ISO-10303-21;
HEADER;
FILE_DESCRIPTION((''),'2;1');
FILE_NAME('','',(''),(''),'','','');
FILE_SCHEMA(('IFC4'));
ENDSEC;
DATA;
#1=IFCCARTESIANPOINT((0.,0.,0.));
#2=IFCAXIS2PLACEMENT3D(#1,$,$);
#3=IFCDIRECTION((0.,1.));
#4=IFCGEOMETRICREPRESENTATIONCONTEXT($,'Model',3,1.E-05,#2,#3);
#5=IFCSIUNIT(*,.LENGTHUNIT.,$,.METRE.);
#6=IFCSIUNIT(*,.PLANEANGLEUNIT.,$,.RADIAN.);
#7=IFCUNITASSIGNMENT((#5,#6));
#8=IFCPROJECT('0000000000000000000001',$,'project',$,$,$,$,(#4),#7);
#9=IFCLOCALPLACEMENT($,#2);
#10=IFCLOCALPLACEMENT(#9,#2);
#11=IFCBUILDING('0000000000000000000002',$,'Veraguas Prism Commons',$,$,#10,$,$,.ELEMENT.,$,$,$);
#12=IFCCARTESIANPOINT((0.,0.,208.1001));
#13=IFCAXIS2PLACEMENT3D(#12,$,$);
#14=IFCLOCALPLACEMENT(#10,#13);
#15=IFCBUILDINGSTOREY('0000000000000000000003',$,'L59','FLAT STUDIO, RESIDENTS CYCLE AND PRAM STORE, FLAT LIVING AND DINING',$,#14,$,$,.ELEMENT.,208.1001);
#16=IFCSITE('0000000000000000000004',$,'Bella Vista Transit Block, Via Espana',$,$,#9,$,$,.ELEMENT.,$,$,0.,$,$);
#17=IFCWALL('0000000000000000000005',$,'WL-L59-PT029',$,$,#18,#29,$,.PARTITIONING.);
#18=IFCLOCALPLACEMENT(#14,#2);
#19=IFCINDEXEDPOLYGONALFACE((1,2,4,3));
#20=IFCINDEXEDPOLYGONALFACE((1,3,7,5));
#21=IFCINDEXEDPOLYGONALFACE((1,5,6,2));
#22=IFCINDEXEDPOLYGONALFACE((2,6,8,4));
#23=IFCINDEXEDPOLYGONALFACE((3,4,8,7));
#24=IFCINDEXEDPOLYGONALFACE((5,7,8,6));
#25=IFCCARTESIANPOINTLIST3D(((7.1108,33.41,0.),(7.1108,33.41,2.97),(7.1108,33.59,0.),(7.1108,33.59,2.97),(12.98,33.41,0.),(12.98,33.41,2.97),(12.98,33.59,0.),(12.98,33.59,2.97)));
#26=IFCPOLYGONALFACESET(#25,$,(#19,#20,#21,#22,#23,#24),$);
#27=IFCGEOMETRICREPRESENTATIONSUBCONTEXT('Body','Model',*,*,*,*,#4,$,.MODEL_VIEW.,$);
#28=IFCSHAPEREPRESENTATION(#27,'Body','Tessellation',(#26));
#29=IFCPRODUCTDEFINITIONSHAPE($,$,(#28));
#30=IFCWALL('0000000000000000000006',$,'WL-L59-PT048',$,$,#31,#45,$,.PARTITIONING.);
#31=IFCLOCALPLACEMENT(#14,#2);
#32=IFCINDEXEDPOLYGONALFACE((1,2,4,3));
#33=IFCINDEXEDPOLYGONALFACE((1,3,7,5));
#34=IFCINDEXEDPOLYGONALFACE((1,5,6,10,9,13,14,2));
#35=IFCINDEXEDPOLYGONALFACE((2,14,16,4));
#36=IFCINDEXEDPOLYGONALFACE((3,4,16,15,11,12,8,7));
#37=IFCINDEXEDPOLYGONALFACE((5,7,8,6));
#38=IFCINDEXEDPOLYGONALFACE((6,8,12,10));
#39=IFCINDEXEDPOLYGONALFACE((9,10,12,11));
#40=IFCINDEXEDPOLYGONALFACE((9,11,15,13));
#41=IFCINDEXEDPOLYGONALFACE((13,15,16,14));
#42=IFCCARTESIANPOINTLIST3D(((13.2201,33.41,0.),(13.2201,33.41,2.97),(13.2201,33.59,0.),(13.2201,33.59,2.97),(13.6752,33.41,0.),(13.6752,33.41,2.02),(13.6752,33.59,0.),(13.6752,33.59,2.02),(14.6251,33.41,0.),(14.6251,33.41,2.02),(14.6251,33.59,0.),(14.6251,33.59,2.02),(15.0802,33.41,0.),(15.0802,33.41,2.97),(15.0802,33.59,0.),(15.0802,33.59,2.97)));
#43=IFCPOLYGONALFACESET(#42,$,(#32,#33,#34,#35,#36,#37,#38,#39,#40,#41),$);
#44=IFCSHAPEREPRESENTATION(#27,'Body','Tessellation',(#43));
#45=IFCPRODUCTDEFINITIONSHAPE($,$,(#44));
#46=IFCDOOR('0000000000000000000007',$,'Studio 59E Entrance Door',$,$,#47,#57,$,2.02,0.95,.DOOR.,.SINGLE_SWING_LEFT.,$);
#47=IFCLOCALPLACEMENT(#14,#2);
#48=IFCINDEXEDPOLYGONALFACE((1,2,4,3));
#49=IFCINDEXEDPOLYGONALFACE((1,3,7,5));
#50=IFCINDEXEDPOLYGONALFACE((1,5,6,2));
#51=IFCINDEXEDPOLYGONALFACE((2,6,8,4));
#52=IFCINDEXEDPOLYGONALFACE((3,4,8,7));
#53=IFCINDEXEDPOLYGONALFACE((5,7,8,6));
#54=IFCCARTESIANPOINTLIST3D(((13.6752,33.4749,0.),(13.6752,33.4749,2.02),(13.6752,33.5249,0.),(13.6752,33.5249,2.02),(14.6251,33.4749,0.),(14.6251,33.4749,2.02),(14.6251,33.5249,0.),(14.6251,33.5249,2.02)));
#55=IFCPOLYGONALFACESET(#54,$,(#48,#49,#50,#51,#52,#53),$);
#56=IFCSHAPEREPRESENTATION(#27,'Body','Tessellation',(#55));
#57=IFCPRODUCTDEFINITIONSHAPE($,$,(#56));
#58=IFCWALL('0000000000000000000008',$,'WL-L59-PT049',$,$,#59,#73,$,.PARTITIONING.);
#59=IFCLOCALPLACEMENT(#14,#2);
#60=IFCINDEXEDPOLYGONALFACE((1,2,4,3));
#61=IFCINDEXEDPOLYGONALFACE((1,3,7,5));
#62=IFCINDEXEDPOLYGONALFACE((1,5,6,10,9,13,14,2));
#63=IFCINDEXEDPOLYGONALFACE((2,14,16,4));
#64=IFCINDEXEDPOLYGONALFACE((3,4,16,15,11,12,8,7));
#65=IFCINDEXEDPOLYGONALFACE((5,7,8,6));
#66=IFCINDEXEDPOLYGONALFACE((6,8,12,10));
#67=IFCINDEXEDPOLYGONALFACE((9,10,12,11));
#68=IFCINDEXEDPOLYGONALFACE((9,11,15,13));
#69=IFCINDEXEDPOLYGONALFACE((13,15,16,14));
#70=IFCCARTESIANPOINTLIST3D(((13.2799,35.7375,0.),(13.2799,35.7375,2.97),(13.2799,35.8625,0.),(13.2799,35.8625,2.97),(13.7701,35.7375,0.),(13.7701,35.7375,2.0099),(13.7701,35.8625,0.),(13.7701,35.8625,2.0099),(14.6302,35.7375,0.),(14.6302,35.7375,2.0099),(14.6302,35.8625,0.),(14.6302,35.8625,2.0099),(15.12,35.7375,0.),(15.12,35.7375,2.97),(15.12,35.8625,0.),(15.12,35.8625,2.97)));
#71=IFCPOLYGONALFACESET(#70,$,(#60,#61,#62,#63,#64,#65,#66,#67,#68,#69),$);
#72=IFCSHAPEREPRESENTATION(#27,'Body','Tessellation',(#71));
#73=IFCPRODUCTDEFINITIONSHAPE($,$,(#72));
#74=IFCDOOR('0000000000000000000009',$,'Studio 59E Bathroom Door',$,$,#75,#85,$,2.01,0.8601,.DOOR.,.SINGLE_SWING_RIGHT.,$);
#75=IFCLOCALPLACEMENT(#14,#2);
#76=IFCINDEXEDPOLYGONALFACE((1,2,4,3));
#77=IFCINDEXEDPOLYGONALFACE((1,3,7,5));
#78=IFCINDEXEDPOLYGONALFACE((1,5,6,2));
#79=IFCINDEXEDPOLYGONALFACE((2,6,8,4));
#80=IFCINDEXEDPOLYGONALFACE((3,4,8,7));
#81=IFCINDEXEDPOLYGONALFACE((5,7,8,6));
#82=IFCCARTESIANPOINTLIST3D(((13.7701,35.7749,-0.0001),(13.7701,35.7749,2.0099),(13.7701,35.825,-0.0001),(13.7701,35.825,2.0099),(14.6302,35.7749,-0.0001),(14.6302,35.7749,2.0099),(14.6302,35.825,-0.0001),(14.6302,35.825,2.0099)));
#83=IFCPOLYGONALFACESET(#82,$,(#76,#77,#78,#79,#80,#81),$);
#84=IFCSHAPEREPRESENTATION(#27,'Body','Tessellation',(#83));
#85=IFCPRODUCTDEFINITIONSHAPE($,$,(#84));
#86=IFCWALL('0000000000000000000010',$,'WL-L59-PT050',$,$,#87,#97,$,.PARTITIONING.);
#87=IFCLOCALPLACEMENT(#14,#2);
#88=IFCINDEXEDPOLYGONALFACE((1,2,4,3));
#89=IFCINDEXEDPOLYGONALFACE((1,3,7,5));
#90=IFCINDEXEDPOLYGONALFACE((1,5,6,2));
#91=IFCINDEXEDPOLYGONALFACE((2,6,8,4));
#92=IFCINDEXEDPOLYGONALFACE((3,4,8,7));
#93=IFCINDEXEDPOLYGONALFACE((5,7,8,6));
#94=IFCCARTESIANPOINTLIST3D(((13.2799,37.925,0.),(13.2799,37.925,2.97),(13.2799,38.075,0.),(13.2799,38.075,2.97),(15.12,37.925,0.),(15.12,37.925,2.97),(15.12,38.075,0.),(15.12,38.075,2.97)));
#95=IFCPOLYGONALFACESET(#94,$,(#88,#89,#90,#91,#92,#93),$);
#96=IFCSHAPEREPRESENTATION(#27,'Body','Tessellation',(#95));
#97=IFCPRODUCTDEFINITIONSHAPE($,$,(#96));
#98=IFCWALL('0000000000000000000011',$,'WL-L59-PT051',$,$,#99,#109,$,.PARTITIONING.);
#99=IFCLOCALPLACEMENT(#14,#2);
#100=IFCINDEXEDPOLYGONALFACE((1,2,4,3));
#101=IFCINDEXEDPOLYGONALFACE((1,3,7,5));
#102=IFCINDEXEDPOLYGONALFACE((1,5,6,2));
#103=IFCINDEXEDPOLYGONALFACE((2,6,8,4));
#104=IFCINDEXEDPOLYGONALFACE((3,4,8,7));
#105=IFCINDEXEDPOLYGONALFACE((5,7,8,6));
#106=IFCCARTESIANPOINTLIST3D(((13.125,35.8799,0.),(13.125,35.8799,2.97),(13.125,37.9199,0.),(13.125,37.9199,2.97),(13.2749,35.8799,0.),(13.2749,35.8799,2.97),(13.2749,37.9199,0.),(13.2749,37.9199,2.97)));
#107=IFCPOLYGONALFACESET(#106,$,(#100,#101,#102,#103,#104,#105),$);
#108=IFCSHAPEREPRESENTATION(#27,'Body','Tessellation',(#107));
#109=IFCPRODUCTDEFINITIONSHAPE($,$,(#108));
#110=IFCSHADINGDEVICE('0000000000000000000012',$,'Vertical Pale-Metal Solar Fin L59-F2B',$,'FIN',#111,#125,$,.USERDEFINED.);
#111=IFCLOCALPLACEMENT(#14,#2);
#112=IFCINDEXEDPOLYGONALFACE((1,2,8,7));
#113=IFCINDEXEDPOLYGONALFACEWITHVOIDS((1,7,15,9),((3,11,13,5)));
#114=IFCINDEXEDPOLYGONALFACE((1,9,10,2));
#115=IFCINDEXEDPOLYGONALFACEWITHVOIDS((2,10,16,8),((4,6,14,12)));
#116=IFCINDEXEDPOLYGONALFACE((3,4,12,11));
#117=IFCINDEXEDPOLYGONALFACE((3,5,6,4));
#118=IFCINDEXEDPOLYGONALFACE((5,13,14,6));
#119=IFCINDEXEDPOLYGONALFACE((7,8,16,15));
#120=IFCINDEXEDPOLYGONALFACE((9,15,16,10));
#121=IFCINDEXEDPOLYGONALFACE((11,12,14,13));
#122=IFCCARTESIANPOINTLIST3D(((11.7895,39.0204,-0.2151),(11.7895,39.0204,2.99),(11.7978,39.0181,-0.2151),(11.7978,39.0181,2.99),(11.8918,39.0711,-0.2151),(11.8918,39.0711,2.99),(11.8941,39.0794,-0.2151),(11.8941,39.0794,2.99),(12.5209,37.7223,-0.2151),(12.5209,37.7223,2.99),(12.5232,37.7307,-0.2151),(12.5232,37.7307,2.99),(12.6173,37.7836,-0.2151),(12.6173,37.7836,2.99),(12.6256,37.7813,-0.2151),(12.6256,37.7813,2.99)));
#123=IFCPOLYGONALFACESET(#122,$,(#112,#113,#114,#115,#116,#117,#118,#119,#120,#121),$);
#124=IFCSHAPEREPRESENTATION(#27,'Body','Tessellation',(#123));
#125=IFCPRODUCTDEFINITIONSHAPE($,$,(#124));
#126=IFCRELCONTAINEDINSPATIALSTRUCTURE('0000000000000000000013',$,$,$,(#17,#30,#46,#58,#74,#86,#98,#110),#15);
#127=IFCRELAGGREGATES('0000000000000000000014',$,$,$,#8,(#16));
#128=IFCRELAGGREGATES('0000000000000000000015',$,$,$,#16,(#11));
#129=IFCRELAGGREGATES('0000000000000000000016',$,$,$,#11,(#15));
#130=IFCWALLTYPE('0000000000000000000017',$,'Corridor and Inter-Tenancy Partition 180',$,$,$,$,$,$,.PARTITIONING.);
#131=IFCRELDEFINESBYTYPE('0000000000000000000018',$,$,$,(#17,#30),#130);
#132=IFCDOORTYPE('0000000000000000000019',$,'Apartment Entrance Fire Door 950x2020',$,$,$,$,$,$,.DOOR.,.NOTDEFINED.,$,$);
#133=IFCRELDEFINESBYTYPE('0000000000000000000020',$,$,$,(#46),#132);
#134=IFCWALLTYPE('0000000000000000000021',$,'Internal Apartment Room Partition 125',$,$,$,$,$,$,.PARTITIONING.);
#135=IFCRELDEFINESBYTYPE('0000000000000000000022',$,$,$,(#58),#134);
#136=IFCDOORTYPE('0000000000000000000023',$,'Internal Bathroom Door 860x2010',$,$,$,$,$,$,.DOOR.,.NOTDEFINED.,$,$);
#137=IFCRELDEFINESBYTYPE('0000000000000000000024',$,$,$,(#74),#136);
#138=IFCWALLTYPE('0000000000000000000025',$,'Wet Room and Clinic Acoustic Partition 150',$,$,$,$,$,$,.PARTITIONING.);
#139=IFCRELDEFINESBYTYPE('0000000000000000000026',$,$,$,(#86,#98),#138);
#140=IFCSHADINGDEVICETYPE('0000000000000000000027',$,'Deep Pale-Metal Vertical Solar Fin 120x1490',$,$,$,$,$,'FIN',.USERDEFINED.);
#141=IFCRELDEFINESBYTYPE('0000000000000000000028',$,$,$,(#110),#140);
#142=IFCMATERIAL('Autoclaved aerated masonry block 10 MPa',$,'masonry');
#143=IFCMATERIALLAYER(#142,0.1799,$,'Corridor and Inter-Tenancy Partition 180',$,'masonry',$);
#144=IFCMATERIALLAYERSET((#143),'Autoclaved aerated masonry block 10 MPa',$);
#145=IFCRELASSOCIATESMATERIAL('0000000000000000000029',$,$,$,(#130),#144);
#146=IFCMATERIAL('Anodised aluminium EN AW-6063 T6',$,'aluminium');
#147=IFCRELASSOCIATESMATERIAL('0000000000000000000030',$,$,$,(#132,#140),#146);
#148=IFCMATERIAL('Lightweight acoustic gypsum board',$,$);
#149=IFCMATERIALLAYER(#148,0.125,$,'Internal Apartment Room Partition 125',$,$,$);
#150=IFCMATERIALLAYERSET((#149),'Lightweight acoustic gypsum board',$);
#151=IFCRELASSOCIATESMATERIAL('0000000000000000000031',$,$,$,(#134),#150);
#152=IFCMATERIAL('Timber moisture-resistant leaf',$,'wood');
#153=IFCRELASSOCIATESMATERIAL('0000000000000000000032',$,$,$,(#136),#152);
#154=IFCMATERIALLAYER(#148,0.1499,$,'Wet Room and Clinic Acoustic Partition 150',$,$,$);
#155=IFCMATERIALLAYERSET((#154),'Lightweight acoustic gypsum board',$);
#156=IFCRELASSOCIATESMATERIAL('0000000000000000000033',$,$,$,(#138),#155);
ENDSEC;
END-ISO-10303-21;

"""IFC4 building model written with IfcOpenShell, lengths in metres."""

from ifc_helpers import new_model, si_unit, direction, frame, frame_2d, origin, origin_2d, place, context, subcontext, project, spatial, rectangle, hollow_rectangle, extrude, source, transform, mapped, material, layer, layer_set, material_profile, profile_set, type_object, element, fill, save


model = new_model("IFC4")

# Units and contexts
model_context = context("Model", 3, precision=1e-05, world=origin(), true_north=direction((0.0, 1.0)))
body_context = subcontext(model_context, "Body", "Model", "MODEL_VIEW")
ifc_project = project(units=[si_unit("LENGTHUNIT", "METRE"), si_unit("PLANEANGLEUNIT", "RADIAN")], contexts=[model_context])

# Site, building, storey
site_placement = place(None, origin())
site = spatial("IfcSite", under=ifc_project, at=site_placement, Name="Bella Vista Transit Block, Via Espana", CompositionType="ELEMENT", RefElevation=0.0)
building_placement = place(site_placement, origin())
building = spatial("IfcBuilding", under=site, at=building_placement, Name="Veraguas Prism Commons", CompositionType="ELEMENT")
storey_placement = place(building_placement, frame((0.0, 0.0, 208.1001)))
storey = spatial("IfcBuildingStorey", under=building, at=storey_placement, Name="L59", Description="FLAT STUDIO, RESIDENTS CYCLE AND PRAM STORE, FLAT LIVING AND DINING", CompositionType="ELEMENT", Elevation=208.1001)

# Shared definitions
ifc_material_1 = material(Name="Anodised aluminium EN AW-6063 T6", Category="aluminium")

# Wall
ifc_material_2 = material(Name="Autoclaved aerated masonry block 10 MPa", Category="masonry")
ifc_layer_1 = layer(ifc_material_2, 0.1799, Name="Corridor and Inter-Tenancy Partition 180", Category="masonry")
ifc_layer_set_1 = layer_set([ifc_layer_1], Name="Autoclaved aerated masonry block 10 MPa")
wall_type_1 = type_object("IfcWallType", Name="Corridor and Inter-Tenancy Partition 180", PredefinedType="PARTITIONING", material=ifc_layer_set_1)
wall_1_placement = place(storey_placement, frame((12.98, 33.5, 0.0), z_axis=(0.0, 0.0, 1.0), x_axis=(-1.0, 0.0, 0.0)))
element("IfcWall", 1, at=wall_1_placement, inside=storey, type_object=wall_type_1, Name="WL-L59-PT029", PredefinedType="PARTITIONING", context=body_context, shape_type="SweptSolid", body=[
    extrude(rectangle(XDim=5.8691, YDim=0.1799, at=frame_2d((2.9346, 0.0))), origin(), (0.0, 0.0, 1.0), 2.97),
])

# Walls, openings, doors
wall_2_placement = place(storey_placement, frame((13.22, 33.5, 0.0), z_axis=(0.0, 0.0, 1.0), x_axis=(1.0, 0.0, 0.0)))
wall_2 = element("IfcWall", 2, at=wall_2_placement, inside=storey, type_object=wall_type_1, Name="WL-L59-PT048", PredefinedType="PARTITIONING", context=body_context, shape_type="SweptSolid", body=[
    extrude(rectangle(XDim=1.8601, YDim=0.1799, at=frame_2d((0.9302, 0.0))), origin(), (0.0, 0.0, 1.0), 2.97),
])
opening_1_placement = place(wall_2_placement, frame((0.4551, 0.0, 0.0)))
opening_1 = element("IfcOpeningElement", 3, at=opening_1_placement, cuts=wall_2, PredefinedType="OPENING", context=body_context, shape_type="SweptSolid", body=[
    extrude(rectangle(XDim=0.95, YDim=2.02, at=frame_2d((0.4751, 1.01))), frame((0.0, 0.0999, 0.0), z_axis=(0.0, -1.0, 0.0), x_axis=(1.0, 0.0, 0.0)), (0.0, 0.0, 1.0), 0.2),
])
door_type_1 = type_object("IfcDoorType", Name="Apartment Entrance Fire Door 950x2020", OperationType="NOTDEFINED", PredefinedType="DOOR", material=ifc_material_1)
shared_shape_1 = source(origin(), body_context, "Body", "SweptSolid", [
    extrude(rectangle(XDim=0.95, YDim=2.02, at=frame_2d((0.4751, 1.01))), frame((0.0, 0.0249, 0.0), z_axis=(0.0, -1.0, 0.0), x_axis=(1.0, 0.0, 0.0)), (0.0, 0.0, 1.0), 0.05),
])
door_1_placement = place(opening_1_placement, origin())
door_1 = element("IfcDoor", 4, at=door_1_placement, inside=storey, type_object=door_type_1, Name="Studio 59E Entrance Door", OperationType="SINGLE_SWING_LEFT", OverallHeight=2.02, OverallWidth=0.95, PredefinedType="DOOR", context=body_context, shape_type="MappedRepresentation", body=[
    mapped(shared_shape_1, transform((0.0, 0.0, 0.0), scale=1.0)),
])
fill(opening_1, door_1)
ifc_material_3 = material(Name="Lightweight acoustic gypsum board")
ifc_layer_2 = layer(ifc_material_3, 0.125, Name="Internal Apartment Room Partition 125")
ifc_layer_set_2 = layer_set([ifc_layer_2], Name="Lightweight acoustic gypsum board")
wall_type_2 = type_object("IfcWallType", Name="Internal Apartment Room Partition 125", PredefinedType="PARTITIONING", material=ifc_layer_set_2)
wall_3_placement = place(storey_placement, frame((13.28, 35.8, 0.0), z_axis=(0.0, 0.0, 1.0), x_axis=(1.0, 0.0, 0.0)))
wall_3 = element("IfcWall", 5, at=wall_3_placement, inside=storey, type_object=wall_type_2, Name="WL-L59-PT049", PredefinedType="PARTITIONING", context=body_context, shape_type="SweptSolid", body=[
    extrude(rectangle(XDim=1.8401, YDim=0.125, at=frame_2d((0.9199, 0.0))), origin(), (0.0, 0.0, 1.0), 2.97),
])
opening_2_placement = place(wall_3_placement, frame((0.49, 0.0, 0.0)))
opening_2 = element("IfcOpeningElement", 6, at=opening_2_placement, cuts=wall_3, PredefinedType="OPENING", context=body_context, shape_type="SweptSolid", body=[
    extrude(rectangle(XDim=0.8601, YDim=2.01, at=frame_2d((0.4302, 1.0049))), frame((0.0, 0.0725, 0.0), z_axis=(0.0, -1.0, 0.0), x_axis=(1.0, 0.0, 0.0)), (0.0, 0.0, 1.0), 0.145),
])
ifc_material_4 = material(Name="Timber moisture-resistant leaf", Category="wood")
door_type_2 = type_object("IfcDoorType", Name="Internal Bathroom Door 860x2010", OperationType="NOTDEFINED", PredefinedType="DOOR", material=ifc_material_4)
shared_shape_2 = source(origin(), body_context, "Body", "SweptSolid", [
    extrude(rectangle(XDim=0.8601, YDim=2.01, at=frame_2d((0.4302, 1.0049))), frame((0.0, 0.0249, 0.0), z_axis=(0.0, -1.0, 0.0), x_axis=(1.0, 0.0, 0.0)), (0.0, 0.0, 1.0), 0.05),
])
door_2_placement = place(opening_2_placement, origin())
door_2 = element("IfcDoor", 7, at=door_2_placement, inside=storey, type_object=door_type_2, Name="Studio 59E Bathroom Door", OperationType="SINGLE_SWING_RIGHT", OverallHeight=2.01, OverallWidth=0.8601, PredefinedType="DOOR", context=body_context, shape_type="MappedRepresentation", body=[
    mapped(shared_shape_2, transform((0.0, 0.0, 0.0), scale=1.0)),
])
fill(opening_2, door_2)

# Walls
ifc_layer_3 = layer(ifc_material_3, 0.1499, Name="Wet Room and Clinic Acoustic Partition 150")
ifc_layer_set_3 = layer_set([ifc_layer_3], Name="Lightweight acoustic gypsum board")
wall_type_3 = type_object("IfcWallType", Name="Wet Room and Clinic Acoustic Partition 150", PredefinedType="PARTITIONING", material=ifc_layer_set_3)
wall_4_placement = place(storey_placement, frame((13.28, 38.0, 0.0), z_axis=(0.0, 0.0, 1.0), x_axis=(1.0, 0.0, 0.0)))
element("IfcWall", 8, at=wall_4_placement, inside=storey, type_object=wall_type_3, Name="WL-L59-PT050", PredefinedType="PARTITIONING", context=body_context, shape_type="SweptSolid", body=[
    extrude(rectangle(XDim=1.8401, YDim=0.1499, at=frame_2d((0.9199, 0.0))), origin(), (0.0, 0.0, 1.0), 2.97),
])
wall_5_placement = place(storey_placement, frame((13.2, 35.8799, 0.0), z_axis=(0.0, 0.0, 1.0), x_axis=(0.0, 1.0, 0.0)))
element("IfcWall", 9, at=wall_5_placement, inside=storey, type_object=wall_type_3, Name="WL-L59-PT051", PredefinedType="PARTITIONING", context=body_context, shape_type="SweptSolid", body=[
    extrude(rectangle(XDim=2.04, YDim=0.1499, at=frame_2d((1.02, 0.0))), origin(), (0.0, 0.0, 1.0), 2.97),
])

# Shading device
ifc_material_profile_1 = material_profile(ifc_material_1, hollow_rectangle(XDim=0.1201, YDim=1.49, WallThickness=0.0061, at=origin_2d()), Name="FIN120X1490X6")
ifc_profile_set_1 = profile_set([ifc_material_profile_1], Name="Anodised aluminium EN AW-6063 T6")
shading_device_type = type_object("IfcShadingDeviceType", Name="Deep Pale-Metal Vertical Solar Fin 120x1490", ElementType="FIN", PredefinedType="USERDEFINED", material=ifc_profile_set_1)
shading_device_placement = place(storey_placement, frame((12.2075, 38.4009, -0.2151), z_axis=(0.0, 0.0, 1.0), x_axis=(-0.871214, -0.490904, 0.0)))
element("IfcShadingDevice", 10, at=shading_device_placement, inside=storey, type_object=shading_device_type, Name="Vertical Pale-Metal Solar Fin L59-F2B", ObjectType="FIN", PredefinedType="USERDEFINED", context=body_context, shape_type="SweptSolid", body=[
    extrude(hollow_rectangle(XDim=0.1201, YDim=1.49, WallThickness=0.0061, at=origin_2d()), origin(), (0.0, 0.0, 1.0), 3.2051),
])

save(model, "model.ifc")
